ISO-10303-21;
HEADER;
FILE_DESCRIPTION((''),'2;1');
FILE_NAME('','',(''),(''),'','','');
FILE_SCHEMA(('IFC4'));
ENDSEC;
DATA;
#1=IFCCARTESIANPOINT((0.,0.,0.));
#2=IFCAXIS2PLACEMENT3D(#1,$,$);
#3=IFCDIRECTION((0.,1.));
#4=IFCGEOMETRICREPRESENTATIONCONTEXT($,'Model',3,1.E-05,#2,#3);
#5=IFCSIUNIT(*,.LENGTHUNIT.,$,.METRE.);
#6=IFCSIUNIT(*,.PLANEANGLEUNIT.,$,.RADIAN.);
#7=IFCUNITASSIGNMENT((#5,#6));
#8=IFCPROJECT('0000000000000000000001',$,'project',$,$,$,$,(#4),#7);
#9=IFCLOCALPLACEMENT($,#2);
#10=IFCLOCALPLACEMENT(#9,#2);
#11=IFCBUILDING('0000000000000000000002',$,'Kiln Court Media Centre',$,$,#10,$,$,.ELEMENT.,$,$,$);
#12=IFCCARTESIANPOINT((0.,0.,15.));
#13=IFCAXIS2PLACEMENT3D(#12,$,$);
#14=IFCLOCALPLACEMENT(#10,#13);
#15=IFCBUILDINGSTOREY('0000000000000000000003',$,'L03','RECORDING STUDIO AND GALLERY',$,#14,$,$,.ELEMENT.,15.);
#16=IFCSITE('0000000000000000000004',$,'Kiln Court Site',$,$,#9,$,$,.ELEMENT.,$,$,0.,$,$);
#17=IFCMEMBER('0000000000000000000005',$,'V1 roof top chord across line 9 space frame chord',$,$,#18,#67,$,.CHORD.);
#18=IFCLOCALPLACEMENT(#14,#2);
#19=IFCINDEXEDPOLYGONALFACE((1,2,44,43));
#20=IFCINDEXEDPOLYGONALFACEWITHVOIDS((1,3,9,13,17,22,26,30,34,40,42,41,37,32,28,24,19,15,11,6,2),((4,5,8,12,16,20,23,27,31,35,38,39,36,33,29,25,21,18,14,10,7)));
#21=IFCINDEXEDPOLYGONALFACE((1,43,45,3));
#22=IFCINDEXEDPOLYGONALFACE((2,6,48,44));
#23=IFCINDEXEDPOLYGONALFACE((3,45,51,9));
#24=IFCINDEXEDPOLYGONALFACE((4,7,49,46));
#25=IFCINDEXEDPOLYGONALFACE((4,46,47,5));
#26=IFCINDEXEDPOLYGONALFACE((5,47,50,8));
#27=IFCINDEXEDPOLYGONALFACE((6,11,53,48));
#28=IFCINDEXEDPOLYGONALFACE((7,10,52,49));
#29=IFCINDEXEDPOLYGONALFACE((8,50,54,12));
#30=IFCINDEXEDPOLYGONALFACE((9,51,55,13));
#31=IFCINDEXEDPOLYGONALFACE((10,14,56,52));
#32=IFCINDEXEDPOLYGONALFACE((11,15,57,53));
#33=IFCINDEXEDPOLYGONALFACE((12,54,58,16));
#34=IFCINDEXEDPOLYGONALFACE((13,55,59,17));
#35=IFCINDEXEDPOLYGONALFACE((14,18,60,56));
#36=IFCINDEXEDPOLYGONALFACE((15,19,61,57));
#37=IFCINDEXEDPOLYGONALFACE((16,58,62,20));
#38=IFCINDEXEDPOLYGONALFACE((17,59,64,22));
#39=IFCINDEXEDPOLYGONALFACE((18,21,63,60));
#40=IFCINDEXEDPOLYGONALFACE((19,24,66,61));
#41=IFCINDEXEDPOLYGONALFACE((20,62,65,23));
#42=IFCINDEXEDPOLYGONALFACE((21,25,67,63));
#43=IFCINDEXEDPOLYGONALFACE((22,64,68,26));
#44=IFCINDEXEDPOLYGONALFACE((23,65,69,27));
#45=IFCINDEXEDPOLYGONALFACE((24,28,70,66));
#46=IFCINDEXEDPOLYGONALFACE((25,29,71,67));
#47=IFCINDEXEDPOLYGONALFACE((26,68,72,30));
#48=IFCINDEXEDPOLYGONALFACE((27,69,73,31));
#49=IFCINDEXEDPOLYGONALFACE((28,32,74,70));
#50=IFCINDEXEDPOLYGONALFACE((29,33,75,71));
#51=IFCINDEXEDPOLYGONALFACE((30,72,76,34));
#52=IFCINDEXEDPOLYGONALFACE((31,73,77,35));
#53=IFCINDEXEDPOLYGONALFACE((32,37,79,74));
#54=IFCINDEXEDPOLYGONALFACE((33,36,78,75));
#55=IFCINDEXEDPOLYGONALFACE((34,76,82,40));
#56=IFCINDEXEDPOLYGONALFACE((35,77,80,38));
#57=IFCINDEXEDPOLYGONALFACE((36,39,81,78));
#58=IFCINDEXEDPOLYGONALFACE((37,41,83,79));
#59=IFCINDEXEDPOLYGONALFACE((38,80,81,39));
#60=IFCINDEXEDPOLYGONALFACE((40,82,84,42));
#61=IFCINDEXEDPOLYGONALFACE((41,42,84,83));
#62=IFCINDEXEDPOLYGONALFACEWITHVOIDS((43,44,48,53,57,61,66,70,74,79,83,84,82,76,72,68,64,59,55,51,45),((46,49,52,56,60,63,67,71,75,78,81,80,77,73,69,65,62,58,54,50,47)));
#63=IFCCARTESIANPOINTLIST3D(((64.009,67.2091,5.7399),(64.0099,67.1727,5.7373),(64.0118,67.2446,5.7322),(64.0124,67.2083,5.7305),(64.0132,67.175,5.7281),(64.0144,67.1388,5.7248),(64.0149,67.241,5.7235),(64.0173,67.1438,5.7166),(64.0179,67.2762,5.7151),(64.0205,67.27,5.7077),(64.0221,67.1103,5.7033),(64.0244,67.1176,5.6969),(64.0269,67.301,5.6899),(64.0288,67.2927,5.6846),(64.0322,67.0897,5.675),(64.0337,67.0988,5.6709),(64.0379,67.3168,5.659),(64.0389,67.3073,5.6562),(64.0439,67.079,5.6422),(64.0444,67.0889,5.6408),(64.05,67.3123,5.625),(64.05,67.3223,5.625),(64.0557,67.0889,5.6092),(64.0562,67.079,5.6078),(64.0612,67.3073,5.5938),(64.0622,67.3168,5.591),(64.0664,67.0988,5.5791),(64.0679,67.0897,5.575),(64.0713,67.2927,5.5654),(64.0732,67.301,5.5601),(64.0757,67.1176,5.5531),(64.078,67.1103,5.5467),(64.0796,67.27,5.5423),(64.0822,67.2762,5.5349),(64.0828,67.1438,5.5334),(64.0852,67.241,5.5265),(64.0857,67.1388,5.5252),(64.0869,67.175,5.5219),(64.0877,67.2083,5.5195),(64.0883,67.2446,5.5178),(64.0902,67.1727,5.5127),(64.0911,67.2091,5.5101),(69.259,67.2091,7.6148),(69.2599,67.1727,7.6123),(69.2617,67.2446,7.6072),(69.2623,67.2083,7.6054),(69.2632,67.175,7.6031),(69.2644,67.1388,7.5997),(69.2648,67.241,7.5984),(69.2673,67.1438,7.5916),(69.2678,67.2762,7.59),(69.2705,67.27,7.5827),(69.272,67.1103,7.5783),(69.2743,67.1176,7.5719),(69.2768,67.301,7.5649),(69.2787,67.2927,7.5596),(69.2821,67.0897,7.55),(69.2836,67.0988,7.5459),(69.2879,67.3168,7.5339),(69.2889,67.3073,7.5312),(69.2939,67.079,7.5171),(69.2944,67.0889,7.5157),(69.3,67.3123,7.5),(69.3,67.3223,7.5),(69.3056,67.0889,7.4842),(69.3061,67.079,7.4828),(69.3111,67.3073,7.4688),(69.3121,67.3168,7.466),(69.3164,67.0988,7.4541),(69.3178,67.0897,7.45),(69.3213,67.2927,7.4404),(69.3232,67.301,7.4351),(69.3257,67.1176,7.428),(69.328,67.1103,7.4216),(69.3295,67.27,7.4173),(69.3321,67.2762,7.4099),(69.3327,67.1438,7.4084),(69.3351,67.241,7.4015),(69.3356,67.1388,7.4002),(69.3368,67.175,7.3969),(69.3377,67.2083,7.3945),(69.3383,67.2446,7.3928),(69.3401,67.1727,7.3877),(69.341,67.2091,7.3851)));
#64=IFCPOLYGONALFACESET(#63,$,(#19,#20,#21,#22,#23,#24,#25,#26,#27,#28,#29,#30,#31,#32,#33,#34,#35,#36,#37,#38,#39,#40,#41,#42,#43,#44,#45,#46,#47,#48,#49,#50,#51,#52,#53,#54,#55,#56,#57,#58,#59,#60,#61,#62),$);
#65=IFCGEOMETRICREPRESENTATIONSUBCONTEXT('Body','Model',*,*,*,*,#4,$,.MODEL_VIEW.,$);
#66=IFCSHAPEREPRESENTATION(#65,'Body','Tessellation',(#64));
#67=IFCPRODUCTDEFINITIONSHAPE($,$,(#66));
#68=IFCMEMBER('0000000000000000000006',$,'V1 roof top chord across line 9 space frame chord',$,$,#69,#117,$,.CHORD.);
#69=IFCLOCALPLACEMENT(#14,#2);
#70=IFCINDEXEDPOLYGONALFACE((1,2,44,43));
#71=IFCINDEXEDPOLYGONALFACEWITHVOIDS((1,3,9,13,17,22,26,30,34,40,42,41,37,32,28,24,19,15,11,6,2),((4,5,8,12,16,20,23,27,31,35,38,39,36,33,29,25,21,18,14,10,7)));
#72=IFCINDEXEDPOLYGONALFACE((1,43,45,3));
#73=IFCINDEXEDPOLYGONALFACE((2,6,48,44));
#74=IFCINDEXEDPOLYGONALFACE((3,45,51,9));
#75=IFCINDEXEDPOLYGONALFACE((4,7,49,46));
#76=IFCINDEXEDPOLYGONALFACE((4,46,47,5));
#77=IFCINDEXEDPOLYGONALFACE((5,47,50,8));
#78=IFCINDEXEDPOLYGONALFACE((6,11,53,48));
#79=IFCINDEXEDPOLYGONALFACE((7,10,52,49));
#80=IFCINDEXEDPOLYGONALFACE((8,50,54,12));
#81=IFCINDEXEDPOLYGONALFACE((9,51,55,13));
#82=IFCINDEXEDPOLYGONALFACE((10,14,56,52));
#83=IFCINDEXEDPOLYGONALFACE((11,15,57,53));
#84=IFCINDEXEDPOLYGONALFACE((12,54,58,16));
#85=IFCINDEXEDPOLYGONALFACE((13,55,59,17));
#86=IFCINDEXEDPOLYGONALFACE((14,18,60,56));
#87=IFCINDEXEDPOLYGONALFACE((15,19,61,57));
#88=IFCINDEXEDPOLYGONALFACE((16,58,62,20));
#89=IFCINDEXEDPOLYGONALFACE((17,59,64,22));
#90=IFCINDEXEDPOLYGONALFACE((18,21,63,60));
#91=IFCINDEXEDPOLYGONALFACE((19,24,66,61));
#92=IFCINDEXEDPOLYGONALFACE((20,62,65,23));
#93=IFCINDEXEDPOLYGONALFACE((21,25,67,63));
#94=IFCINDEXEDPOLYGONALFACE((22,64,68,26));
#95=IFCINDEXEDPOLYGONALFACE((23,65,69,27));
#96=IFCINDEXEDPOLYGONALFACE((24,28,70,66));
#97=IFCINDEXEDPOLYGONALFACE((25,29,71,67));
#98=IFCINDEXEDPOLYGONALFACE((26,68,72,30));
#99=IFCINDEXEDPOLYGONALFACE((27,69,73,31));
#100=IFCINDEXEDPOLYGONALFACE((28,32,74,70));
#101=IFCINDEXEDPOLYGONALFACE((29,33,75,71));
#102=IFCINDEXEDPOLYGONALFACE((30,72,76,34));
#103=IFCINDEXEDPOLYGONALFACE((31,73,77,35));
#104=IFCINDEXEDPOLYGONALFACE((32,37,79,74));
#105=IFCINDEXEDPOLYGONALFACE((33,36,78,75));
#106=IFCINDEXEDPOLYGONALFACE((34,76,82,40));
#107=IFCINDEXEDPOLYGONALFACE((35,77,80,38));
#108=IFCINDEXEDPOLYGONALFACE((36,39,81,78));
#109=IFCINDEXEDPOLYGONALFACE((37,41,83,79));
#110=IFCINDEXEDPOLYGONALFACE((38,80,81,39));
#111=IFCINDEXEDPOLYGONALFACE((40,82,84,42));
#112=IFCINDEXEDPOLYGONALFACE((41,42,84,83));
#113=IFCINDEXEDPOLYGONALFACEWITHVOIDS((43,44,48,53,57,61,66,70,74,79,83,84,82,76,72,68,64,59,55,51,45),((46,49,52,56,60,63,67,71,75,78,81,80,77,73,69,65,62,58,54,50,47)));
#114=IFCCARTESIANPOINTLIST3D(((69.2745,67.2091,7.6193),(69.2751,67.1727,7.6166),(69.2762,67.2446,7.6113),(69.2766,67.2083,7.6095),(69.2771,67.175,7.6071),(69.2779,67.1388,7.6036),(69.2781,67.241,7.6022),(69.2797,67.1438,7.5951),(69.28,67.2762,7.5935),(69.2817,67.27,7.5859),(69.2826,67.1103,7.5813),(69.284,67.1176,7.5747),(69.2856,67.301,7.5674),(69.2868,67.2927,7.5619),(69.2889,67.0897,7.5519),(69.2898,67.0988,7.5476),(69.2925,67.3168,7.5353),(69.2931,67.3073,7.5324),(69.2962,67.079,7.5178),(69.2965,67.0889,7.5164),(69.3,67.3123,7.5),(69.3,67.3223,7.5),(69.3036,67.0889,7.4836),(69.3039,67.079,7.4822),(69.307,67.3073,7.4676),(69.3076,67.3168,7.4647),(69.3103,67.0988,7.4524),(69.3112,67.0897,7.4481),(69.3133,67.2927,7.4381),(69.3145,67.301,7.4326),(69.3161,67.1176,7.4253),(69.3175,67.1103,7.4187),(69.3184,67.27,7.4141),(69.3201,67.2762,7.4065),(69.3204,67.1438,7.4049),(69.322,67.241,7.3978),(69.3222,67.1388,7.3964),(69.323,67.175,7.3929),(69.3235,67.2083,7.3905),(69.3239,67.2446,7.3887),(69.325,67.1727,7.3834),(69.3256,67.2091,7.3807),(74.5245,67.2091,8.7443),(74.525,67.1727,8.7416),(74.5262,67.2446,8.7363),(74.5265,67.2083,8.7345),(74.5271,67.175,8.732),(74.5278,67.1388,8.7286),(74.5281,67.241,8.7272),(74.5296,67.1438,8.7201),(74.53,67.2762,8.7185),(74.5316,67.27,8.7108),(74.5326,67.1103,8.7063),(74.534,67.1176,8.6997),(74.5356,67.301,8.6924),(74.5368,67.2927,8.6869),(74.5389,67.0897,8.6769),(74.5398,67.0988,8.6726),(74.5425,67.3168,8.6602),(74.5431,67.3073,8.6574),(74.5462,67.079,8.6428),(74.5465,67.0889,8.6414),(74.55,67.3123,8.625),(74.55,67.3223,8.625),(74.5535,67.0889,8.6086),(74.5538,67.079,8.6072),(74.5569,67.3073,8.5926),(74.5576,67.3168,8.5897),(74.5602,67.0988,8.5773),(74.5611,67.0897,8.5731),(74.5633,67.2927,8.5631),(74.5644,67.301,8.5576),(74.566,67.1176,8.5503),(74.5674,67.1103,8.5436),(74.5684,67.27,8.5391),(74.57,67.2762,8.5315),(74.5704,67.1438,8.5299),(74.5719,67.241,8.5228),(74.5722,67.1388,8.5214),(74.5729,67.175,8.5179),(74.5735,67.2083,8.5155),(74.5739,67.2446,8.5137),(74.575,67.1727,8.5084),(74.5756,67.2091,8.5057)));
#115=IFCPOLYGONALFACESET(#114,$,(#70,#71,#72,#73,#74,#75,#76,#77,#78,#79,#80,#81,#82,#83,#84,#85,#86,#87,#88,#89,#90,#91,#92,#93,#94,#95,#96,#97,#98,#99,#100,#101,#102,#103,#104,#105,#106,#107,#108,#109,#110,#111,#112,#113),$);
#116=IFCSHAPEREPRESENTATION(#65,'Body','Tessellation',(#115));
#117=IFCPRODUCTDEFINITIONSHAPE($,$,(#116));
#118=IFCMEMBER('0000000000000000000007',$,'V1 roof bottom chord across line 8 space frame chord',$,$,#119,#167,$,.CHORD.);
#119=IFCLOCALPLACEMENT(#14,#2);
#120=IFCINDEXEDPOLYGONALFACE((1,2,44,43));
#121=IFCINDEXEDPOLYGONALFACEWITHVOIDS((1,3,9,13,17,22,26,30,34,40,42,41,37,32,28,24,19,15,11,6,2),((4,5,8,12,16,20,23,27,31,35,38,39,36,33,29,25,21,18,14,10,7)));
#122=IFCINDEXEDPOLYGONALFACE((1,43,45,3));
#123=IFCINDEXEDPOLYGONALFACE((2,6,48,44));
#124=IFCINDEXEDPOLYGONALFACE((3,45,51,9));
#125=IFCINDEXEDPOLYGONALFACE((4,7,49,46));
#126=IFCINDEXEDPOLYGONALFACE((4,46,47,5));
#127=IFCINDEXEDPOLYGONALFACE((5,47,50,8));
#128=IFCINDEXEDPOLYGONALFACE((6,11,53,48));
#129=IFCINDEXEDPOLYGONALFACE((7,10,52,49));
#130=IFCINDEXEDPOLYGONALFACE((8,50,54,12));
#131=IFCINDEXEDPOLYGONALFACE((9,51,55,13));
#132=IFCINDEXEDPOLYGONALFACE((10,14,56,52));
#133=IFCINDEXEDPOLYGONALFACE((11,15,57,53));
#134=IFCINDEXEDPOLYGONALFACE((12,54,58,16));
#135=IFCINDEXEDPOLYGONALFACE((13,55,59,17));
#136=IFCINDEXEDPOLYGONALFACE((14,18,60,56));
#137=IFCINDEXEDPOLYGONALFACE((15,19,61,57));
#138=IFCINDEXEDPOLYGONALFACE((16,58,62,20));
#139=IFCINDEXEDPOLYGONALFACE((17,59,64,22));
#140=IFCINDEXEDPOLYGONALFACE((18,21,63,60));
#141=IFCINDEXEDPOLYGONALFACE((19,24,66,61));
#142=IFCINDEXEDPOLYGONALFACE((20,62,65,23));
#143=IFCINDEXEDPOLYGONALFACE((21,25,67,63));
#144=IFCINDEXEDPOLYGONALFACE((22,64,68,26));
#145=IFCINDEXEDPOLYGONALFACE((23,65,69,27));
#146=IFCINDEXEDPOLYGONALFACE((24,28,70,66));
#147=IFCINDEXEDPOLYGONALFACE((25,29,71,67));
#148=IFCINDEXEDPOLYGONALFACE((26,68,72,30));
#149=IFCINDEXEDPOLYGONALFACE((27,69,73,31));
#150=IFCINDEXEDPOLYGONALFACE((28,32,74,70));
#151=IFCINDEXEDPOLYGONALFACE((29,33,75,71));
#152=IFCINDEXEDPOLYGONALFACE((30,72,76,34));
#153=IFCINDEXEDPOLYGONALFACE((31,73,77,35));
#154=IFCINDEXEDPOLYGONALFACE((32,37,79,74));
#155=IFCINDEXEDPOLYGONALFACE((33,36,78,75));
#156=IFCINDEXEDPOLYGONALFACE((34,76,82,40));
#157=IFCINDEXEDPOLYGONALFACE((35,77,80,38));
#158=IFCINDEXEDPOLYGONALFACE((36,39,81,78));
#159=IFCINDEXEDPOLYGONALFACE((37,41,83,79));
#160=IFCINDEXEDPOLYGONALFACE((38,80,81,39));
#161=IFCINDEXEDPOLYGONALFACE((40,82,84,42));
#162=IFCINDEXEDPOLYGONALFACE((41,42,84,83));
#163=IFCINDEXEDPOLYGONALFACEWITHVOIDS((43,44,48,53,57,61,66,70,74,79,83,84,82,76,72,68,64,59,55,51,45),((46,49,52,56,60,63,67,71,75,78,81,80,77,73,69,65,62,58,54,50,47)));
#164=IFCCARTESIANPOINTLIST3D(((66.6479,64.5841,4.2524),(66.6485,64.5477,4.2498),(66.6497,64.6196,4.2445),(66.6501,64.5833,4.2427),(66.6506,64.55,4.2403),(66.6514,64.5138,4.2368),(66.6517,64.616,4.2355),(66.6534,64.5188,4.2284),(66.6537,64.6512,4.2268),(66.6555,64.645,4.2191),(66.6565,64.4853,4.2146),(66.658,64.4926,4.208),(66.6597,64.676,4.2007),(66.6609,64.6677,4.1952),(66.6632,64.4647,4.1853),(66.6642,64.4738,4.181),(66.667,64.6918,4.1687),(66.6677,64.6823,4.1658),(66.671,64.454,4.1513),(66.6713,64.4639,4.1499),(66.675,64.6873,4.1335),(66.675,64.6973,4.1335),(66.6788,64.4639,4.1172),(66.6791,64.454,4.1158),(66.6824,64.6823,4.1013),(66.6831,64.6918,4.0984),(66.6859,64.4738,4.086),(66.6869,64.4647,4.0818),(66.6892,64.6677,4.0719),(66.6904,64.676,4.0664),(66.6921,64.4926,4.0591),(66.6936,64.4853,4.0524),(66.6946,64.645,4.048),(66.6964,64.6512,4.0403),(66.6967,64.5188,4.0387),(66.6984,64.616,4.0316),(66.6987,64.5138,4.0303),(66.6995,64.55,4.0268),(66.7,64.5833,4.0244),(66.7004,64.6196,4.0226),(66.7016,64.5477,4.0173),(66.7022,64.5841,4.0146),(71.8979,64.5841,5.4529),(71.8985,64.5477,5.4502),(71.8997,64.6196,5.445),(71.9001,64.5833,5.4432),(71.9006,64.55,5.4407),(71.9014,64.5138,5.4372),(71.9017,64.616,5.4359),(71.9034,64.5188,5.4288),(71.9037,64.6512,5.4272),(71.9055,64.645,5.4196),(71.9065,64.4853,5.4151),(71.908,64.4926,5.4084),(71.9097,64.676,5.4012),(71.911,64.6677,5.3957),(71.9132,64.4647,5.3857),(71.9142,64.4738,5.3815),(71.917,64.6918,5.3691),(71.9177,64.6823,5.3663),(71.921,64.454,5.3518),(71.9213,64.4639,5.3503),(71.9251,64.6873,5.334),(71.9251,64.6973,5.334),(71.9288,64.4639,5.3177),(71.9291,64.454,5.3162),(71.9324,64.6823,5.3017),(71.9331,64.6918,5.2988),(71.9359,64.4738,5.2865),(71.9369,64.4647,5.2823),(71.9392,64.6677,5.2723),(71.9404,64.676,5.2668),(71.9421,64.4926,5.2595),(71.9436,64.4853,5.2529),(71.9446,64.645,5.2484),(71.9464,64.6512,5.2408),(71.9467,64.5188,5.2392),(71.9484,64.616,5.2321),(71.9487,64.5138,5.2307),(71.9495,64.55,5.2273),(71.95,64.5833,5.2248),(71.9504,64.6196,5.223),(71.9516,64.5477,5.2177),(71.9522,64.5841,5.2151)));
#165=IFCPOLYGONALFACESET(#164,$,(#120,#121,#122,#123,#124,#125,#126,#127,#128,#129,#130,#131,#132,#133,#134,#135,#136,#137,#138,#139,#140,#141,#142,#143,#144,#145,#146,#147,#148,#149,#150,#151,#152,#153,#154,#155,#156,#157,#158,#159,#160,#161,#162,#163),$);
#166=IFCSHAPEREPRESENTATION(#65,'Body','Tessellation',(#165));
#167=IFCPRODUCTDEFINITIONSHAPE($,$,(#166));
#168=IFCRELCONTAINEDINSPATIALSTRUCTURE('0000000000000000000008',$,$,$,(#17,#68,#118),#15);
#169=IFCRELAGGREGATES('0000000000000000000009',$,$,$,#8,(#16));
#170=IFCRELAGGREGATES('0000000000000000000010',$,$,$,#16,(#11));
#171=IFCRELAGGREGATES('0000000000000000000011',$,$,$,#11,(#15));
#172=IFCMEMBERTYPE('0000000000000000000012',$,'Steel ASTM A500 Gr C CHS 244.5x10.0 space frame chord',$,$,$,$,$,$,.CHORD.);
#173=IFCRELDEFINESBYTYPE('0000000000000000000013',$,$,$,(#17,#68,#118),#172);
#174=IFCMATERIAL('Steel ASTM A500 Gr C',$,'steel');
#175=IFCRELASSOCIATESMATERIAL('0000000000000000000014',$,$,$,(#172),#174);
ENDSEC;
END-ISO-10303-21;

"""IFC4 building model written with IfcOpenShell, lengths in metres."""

from ifc_helpers import new_model, si_unit, direction, frame, origin, origin_2d, place, context, subcontext, project, spatial, hollow_circle, extrude, material, material_profile, profile_set, type_object, element, save


model = new_model("IFC4")

# Units and contexts
model_context = context("Model", 3, precision=1e-05, world=origin(), true_north=direction((0.0, 1.0)))
body_context = subcontext(model_context, "Body", "Model", "MODEL_VIEW")
ifc_project = project(units=[si_unit("LENGTHUNIT", "METRE"), si_unit("PLANEANGLEUNIT", "RADIAN")], contexts=[model_context])

# Site, building, storey
site_placement = place(None, origin())
site = spatial("IfcSite", under=ifc_project, at=site_placement, Name="Kiln Court Site", CompositionType="ELEMENT", RefElevation=0.0)
building_placement = place(site_placement, origin())
building = spatial("IfcBuilding", under=site, at=building_placement, Name="Kiln Court Media Centre", CompositionType="ELEMENT")
storey_placement = place(building_placement, frame((0.0, 0.0, 15.0)))
storey = spatial("IfcBuildingStorey", under=building, at=storey_placement, Name="L03", Description="RECORDING STUDIO AND GALLERY", CompositionType="ELEMENT", Elevation=15.0)

# Members
ifc_material_1 = material(Name="Steel ASTM A500 Gr C", Category="steel")
ifc_material_profile_1 = material_profile(ifc_material_1, hollow_circle(Radius=0.1223, WallThickness=0.01, at=origin_2d()), Name="CHS 244.5x10.0")
ifc_profile_set_1 = profile_set([ifc_material_profile_1], Name="Steel ASTM A500 Gr C")
member_type_1 = type_object("IfcMemberType", Name="Steel ASTM A500 Gr C CHS 244.5x10.0 space frame chord", PredefinedType="CHORD", material=ifc_profile_set_1)
member_1_placement = place(storey_placement, frame((64.05, 67.2, 5.625), z_axis=(0.941742, 0.0, 0.336336), x_axis=(0.0, 1.0, 0.0)))
element("IfcMember", 1, at=member_1_placement, inside=storey, type_object=member_type_1, Name="V1 roof top chord across line 9 space frame chord", PredefinedType="CHORD", context=body_context, shape_type="SweptSolid", body=[
    extrude(hollow_circle(Radius=0.1223, WallThickness=0.01, at=origin_2d()), origin(), (0.0, 0.0, 1.0), 5.5747),
])
member_2_placement = place(storey_placement, frame((69.3, 67.2, 7.5), z_axis=(0.977802, 0.0, 0.209529), x_axis=(0.0, 1.0, 0.0)))
element("IfcMember", 2, at=member_2_placement, inside=storey, type_object=member_type_1, Name="V1 roof top chord across line 9 space frame chord", PredefinedType="CHORD", context=body_context, shape_type="SweptSolid", body=[
    extrude(hollow_circle(Radius=0.1223, WallThickness=0.01, at=origin_2d()), origin(), (0.0, 0.0, 1.0), 5.3691),
])
member_3_placement = place(storey_placement, frame((66.675, 64.575, 4.1335), z_axis=(0.974841, 0.0, 0.222902), x_axis=(0.0, 1.0, 0.0)))
element("IfcMember", 3, at=member_3_placement, inside=storey, type_object=member_type_1, Name="V1 roof bottom chord across line 8 space frame chord", PredefinedType="CHORD", context=body_context, shape_type="SweptSolid", body=[
    extrude(hollow_circle(Radius=0.1223, WallThickness=0.01, at=origin_2d()), origin(), (0.0, 0.0, 1.0), 5.3855),
])

save(model, "model.ifc")
